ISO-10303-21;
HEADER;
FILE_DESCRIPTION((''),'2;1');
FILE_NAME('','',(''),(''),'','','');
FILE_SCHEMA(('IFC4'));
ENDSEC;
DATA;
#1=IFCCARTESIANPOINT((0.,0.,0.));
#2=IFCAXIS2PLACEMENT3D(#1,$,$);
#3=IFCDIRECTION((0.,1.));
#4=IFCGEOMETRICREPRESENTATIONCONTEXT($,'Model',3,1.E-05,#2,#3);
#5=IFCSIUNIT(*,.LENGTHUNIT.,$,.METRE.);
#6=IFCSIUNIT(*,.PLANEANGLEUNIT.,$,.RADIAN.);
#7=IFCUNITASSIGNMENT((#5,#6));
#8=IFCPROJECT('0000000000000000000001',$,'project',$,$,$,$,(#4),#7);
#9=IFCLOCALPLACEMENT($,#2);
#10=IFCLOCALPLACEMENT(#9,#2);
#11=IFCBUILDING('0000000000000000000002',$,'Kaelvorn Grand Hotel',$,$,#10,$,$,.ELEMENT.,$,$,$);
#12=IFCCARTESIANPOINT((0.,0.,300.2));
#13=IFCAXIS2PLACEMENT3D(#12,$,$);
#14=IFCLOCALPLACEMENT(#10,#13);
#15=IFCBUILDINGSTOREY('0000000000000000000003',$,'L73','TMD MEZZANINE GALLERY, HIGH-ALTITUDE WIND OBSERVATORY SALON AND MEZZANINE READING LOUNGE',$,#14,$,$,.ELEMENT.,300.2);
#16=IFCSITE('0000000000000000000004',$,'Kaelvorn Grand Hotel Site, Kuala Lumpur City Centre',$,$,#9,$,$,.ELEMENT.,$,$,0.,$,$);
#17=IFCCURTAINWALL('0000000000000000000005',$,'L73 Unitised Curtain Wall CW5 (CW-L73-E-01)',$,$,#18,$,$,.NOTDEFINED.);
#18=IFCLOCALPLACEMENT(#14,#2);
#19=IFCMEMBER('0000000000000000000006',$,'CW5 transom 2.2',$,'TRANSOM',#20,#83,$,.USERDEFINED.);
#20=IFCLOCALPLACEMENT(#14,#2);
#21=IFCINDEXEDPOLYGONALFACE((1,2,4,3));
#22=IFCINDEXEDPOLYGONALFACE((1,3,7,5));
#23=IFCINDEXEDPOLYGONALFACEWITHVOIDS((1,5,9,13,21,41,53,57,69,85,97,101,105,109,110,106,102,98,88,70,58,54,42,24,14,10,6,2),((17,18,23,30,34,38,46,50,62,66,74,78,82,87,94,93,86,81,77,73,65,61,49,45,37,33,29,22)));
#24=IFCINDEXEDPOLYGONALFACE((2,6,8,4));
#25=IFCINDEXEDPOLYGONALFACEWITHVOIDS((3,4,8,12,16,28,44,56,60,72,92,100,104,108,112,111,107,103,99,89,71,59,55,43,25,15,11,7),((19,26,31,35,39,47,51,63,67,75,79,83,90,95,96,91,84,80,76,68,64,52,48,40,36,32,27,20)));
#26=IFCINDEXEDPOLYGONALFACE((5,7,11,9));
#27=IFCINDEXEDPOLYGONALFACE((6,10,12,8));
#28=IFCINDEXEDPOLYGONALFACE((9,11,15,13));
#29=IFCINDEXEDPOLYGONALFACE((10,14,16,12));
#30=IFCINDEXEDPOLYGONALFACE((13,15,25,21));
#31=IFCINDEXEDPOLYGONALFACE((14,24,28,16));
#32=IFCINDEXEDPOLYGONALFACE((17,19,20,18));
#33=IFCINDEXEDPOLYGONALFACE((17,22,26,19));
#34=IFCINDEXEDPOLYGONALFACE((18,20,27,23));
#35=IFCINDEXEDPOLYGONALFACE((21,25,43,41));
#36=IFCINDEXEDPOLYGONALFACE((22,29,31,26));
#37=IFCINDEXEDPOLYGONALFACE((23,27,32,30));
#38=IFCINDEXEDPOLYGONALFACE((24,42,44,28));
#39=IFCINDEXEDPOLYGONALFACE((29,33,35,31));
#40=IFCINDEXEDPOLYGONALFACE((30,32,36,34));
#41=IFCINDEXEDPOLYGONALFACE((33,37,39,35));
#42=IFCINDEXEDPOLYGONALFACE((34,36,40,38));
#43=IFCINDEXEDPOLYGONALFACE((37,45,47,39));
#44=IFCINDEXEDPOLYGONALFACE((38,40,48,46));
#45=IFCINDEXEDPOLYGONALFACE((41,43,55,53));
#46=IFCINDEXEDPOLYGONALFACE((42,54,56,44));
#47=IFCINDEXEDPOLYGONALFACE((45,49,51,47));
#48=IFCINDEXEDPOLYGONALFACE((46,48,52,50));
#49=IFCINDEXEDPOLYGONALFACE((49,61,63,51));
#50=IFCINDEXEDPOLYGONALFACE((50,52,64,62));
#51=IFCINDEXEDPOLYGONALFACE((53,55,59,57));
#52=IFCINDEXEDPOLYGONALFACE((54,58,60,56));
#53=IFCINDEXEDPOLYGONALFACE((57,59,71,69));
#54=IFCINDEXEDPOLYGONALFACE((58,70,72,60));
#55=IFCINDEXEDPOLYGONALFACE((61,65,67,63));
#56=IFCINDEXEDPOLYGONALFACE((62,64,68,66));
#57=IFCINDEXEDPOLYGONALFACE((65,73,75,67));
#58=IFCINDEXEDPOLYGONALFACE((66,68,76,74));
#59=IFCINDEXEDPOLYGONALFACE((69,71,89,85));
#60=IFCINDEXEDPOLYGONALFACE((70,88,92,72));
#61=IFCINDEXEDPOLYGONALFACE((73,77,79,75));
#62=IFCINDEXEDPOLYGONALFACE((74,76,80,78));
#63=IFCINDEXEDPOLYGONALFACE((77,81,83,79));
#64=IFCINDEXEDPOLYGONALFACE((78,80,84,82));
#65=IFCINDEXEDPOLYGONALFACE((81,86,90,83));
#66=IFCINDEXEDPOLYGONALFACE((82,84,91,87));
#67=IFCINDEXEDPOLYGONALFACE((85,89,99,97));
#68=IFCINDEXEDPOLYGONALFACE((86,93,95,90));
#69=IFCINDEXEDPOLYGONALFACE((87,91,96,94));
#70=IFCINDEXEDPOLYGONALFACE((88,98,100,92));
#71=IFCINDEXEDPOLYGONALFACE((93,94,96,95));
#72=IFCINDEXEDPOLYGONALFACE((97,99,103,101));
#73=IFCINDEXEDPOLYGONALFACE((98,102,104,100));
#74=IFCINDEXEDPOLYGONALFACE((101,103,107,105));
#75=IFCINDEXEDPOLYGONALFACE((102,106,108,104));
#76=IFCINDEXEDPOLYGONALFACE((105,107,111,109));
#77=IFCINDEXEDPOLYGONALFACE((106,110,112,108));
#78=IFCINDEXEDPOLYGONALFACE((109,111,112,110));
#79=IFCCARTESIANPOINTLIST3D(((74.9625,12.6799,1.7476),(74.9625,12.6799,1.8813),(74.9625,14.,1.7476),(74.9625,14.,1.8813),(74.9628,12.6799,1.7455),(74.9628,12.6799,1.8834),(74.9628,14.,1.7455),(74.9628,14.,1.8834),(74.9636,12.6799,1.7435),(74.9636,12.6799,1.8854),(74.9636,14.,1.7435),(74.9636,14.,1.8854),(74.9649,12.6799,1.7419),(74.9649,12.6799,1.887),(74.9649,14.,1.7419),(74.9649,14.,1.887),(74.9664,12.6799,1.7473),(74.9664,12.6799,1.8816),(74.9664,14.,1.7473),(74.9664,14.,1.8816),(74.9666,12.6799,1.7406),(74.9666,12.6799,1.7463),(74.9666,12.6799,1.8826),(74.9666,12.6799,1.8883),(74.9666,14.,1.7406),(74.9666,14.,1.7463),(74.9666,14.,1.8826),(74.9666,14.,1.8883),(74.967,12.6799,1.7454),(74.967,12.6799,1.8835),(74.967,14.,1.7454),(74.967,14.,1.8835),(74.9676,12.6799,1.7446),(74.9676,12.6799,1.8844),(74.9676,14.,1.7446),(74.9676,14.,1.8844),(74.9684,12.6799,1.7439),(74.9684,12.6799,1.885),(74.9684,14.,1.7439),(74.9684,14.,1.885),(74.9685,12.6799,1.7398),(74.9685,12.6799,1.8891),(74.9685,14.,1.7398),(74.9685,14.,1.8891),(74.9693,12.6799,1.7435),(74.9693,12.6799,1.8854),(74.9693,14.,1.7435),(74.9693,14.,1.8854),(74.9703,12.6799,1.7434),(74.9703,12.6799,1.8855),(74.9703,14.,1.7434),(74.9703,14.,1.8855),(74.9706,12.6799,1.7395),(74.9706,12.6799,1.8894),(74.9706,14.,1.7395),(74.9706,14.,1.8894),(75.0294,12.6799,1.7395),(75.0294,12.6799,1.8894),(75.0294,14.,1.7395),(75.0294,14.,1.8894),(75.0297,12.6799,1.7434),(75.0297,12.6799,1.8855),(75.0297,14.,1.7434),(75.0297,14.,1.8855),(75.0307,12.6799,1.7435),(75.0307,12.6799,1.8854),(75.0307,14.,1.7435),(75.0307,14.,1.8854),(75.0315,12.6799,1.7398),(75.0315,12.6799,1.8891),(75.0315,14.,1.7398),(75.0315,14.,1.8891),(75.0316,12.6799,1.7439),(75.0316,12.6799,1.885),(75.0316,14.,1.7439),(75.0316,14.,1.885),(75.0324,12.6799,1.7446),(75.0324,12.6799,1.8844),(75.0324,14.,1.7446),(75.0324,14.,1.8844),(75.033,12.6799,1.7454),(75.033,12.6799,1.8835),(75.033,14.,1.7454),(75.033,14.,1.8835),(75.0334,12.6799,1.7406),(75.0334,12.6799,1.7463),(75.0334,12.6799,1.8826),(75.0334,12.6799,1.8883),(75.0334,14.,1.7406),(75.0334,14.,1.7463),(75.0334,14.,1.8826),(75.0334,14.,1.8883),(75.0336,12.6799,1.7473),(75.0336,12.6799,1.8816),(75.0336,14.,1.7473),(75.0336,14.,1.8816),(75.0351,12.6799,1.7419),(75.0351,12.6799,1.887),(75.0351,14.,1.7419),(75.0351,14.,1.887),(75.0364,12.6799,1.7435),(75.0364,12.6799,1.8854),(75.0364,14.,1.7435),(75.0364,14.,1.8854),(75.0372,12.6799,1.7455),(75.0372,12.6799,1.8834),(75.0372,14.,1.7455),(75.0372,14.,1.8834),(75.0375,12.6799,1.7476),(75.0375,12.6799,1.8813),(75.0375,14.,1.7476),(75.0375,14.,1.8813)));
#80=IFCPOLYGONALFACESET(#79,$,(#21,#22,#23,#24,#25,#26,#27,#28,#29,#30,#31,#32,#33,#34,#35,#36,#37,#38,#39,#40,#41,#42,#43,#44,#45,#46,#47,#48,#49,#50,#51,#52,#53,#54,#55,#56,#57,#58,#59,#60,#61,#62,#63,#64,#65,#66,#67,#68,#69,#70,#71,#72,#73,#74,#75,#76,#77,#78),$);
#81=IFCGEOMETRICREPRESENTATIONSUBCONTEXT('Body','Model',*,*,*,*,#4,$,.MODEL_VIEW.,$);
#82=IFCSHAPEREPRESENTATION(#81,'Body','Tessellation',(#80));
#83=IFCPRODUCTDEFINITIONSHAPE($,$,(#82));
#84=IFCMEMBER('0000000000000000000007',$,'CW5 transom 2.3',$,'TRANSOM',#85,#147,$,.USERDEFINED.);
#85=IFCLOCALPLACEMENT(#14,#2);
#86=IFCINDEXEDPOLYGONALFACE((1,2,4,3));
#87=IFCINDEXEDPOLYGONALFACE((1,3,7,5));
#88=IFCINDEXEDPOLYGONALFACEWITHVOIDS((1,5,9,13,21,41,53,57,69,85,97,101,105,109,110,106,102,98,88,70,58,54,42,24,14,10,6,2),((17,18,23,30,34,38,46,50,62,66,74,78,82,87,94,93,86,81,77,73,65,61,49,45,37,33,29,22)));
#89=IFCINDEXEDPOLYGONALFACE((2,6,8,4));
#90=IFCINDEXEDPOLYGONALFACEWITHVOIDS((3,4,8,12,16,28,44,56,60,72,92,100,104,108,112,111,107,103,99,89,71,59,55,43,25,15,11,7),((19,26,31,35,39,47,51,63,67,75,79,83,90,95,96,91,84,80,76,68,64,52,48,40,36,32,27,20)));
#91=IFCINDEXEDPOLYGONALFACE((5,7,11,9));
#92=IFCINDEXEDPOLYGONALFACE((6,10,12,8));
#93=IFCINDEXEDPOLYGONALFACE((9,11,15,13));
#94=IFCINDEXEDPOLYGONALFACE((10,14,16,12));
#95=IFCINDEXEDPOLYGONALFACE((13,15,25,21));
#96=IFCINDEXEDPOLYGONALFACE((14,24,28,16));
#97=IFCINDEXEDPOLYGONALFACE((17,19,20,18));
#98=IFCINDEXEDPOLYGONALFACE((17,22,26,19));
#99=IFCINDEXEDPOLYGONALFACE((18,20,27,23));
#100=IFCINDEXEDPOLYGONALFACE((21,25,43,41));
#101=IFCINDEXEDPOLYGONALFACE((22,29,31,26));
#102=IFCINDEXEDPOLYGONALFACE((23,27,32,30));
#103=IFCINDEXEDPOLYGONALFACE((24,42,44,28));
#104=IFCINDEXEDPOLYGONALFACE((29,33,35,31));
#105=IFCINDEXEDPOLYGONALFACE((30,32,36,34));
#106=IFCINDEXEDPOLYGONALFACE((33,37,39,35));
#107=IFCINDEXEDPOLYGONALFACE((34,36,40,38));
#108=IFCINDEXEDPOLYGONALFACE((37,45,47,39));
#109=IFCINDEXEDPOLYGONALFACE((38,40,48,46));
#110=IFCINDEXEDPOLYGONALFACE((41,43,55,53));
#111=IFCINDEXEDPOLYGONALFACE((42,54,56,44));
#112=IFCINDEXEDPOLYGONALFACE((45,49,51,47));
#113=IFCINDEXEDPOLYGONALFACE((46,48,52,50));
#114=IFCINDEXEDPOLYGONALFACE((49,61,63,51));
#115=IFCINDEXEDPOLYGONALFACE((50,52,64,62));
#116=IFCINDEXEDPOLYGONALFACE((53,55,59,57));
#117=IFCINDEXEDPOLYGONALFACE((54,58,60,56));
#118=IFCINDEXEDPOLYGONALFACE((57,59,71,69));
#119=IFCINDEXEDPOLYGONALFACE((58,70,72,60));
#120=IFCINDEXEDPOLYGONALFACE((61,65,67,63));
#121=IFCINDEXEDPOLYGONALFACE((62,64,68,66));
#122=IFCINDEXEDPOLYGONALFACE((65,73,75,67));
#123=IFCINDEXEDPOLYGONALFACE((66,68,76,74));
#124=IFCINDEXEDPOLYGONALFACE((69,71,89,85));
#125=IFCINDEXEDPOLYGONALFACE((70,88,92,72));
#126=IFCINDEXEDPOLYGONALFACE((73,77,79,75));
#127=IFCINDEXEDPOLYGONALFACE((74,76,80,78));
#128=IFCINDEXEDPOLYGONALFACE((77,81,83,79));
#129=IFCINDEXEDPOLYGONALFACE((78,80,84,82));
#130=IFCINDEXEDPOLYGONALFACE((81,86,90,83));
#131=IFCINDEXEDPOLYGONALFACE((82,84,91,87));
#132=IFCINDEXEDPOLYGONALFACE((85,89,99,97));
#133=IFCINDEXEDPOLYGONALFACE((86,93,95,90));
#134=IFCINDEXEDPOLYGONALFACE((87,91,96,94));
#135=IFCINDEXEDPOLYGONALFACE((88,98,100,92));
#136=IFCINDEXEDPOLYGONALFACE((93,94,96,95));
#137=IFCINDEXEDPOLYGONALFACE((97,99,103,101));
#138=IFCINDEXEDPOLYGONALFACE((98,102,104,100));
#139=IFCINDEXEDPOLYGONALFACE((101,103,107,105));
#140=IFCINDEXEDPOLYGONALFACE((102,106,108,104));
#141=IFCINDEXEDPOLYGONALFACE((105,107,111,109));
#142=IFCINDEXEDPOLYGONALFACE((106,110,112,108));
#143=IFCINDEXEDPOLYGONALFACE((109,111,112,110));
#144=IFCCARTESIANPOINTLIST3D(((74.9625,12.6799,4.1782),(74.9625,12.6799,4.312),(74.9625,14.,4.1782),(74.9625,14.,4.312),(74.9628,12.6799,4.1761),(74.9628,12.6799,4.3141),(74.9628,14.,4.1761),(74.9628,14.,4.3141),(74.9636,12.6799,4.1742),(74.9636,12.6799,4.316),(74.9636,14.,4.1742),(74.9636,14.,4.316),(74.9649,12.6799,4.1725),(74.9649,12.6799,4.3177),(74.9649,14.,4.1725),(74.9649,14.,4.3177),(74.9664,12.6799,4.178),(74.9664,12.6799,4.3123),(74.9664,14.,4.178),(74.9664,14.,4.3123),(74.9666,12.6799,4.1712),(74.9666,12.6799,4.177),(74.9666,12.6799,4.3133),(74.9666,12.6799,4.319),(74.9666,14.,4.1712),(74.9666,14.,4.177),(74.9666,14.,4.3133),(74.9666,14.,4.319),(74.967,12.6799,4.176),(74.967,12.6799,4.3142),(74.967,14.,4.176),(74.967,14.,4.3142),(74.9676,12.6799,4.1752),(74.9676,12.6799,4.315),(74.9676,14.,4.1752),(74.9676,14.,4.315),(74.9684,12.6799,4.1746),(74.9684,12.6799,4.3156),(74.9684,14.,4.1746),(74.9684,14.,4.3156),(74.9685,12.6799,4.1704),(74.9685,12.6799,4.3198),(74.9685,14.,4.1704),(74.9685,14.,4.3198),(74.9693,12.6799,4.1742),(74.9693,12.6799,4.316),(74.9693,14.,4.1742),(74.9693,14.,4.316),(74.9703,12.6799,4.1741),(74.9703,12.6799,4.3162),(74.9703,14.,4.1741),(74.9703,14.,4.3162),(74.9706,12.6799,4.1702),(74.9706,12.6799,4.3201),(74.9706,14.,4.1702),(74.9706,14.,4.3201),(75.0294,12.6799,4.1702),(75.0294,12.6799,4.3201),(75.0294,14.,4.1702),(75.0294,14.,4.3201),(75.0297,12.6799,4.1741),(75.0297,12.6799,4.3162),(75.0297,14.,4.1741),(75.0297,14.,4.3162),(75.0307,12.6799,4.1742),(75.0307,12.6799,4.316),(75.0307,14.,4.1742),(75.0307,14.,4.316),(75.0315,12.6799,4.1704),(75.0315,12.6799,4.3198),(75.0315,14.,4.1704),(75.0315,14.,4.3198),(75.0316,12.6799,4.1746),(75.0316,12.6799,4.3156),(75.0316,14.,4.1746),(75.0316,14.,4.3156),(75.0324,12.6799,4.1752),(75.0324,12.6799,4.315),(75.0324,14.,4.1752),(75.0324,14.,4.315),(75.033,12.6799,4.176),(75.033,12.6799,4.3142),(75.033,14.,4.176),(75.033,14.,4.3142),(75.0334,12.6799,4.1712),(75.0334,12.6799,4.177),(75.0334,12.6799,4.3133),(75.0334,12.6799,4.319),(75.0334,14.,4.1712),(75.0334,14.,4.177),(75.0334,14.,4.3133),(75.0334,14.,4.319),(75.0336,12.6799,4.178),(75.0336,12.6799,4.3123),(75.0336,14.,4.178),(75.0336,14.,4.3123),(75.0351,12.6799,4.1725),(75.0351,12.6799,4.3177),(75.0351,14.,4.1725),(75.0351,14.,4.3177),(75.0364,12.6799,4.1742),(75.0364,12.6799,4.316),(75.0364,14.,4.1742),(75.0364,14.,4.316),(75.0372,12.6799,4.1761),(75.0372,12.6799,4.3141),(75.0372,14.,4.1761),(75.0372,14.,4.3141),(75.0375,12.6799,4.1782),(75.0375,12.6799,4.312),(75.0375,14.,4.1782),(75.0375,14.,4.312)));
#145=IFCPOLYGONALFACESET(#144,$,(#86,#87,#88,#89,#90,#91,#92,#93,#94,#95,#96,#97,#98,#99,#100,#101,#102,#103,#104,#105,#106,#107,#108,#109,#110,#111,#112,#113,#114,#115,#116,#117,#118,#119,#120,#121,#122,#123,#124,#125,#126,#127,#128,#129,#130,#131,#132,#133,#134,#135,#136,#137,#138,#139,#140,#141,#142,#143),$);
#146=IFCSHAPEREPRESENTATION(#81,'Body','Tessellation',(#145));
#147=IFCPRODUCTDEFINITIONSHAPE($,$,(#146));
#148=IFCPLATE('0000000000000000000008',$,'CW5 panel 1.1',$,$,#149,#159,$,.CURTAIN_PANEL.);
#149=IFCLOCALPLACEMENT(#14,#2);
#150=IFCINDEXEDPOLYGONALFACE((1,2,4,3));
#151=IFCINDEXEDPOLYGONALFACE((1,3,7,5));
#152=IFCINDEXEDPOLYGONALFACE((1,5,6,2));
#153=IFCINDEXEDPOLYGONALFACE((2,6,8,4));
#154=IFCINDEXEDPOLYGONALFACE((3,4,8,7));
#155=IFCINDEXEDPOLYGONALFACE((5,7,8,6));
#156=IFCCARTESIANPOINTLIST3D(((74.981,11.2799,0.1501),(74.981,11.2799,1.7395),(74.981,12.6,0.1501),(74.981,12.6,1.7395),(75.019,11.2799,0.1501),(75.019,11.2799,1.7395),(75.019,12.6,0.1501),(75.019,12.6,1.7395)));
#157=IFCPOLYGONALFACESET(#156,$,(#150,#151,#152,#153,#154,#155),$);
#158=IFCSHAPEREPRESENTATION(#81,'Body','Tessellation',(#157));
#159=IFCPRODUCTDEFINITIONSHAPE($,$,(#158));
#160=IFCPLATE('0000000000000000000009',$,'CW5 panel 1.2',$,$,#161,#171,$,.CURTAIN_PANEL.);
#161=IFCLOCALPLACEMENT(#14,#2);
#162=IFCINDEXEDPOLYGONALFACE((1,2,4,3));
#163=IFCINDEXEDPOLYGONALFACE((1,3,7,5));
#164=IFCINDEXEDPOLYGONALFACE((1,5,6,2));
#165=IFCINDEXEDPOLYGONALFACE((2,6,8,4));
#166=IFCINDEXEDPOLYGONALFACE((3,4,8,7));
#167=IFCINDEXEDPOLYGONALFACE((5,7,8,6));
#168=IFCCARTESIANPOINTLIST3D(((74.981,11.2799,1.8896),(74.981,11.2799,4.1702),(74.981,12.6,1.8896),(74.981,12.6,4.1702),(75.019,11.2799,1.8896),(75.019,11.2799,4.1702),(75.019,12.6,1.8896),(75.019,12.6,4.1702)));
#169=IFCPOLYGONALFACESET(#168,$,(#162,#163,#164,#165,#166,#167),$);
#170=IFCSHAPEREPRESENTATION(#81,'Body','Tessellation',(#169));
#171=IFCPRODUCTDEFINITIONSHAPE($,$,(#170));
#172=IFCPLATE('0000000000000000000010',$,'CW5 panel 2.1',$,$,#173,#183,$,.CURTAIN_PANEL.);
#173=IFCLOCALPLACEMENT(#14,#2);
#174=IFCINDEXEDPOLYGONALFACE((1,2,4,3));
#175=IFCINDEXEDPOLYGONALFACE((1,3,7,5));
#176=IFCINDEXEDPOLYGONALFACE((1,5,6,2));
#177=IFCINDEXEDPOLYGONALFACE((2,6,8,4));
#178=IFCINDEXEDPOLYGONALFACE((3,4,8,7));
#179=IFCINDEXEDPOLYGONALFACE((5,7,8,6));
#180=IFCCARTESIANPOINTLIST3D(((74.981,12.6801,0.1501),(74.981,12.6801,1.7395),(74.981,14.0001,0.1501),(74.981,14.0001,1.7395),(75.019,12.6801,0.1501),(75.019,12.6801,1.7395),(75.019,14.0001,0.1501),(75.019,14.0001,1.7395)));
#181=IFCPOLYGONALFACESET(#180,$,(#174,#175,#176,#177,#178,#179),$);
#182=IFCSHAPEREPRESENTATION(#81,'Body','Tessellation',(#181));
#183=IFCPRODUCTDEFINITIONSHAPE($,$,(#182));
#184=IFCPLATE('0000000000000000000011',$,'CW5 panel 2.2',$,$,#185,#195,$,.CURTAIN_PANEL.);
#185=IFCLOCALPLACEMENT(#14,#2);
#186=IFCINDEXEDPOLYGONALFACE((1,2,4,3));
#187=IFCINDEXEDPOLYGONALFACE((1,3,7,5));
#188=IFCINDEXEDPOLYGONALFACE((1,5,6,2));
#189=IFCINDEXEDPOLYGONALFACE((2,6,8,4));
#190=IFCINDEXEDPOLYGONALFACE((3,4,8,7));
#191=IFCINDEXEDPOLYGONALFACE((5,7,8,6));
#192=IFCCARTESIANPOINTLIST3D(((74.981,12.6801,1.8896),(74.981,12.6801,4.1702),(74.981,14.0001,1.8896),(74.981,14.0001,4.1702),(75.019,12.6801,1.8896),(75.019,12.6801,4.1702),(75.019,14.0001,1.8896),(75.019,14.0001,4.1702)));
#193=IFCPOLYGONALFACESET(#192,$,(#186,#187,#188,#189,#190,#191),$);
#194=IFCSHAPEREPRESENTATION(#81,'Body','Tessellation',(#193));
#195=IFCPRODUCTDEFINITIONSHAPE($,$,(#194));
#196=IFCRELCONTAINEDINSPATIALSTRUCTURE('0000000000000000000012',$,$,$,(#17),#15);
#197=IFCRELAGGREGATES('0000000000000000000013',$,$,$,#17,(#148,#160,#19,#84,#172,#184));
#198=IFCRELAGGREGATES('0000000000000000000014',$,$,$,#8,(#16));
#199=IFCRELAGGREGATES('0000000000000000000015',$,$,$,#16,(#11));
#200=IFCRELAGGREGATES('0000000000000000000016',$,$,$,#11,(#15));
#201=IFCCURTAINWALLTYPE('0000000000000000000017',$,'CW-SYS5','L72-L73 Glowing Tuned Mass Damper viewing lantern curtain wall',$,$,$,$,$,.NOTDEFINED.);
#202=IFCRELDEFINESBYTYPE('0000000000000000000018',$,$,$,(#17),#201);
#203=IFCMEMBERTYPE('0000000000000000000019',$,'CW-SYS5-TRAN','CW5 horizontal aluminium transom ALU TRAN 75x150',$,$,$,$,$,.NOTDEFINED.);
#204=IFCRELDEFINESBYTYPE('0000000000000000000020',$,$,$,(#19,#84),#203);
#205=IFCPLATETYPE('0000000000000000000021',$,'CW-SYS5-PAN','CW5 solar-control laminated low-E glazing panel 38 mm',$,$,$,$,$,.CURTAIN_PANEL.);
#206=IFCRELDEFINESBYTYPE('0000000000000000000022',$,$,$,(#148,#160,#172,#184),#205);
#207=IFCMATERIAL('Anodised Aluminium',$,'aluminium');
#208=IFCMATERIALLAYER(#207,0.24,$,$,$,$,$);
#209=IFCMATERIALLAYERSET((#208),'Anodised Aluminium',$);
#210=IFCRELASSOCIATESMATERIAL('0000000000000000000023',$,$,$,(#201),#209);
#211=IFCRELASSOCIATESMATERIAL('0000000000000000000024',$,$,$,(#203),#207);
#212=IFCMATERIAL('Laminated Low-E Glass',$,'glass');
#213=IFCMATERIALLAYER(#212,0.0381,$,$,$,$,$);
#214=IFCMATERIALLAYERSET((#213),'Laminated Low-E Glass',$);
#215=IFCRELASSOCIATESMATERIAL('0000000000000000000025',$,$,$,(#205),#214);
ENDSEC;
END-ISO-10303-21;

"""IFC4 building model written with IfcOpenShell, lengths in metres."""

from ifc_helpers import new_model, si_unit, direction, frame, origin, origin_2d, place, context, subcontext, project, spatial, rectangle, hollow_rectangle, extrude, material, layer, layer_set, material_profile, profile_set, type_object, element, aggregate, save


model = new_model("IFC4")

# Units and contexts
model_context = context("Model", 3, precision=1e-05, world=origin(), true_north=direction((0.0, 1.0)))
body_context = subcontext(model_context, "Body", "Model", "MODEL_VIEW")
ifc_project = project(units=[si_unit("LENGTHUNIT", "METRE"), si_unit("PLANEANGLEUNIT", "RADIAN")], contexts=[model_context])

# Site, building, storey
site_placement = place(None, origin())
site = spatial("IfcSite", under=ifc_project, at=site_placement, Name="Kaelvorn Grand Hotel Site, Kuala Lumpur City Centre", CompositionType="ELEMENT", RefElevation=0.0)
building_placement = place(site_placement, origin())
building = spatial("IfcBuilding", under=site, at=building_placement, Name="Kaelvorn Grand Hotel", CompositionType="ELEMENT")
storey_placement = place(building_placement, frame((0.0, 0.0, 300.2)))
storey = spatial("IfcBuildingStorey", under=building, at=storey_placement, Name="L73", Description="TMD MEZZANINE GALLERY, HIGH-ALTITUDE WIND OBSERVATORY SALON AND MEZZANINE READING LOUNGE", CompositionType="ELEMENT", Elevation=300.2)

# Shared definitions
ifc_material_1 = material(Name="Anodised Aluminium", Category="aluminium")
ifc_layer_1 = layer(ifc_material_1, 0.24)
ifc_layer_set_1 = layer_set([ifc_layer_1], Name="Anodised Aluminium")
curtain_wall_type = type_object("IfcCurtainWallType", Name="CW-SYS5", Description="L72-L73 Glowing Tuned Mass Damper viewing lantern curtain wall", PredefinedType="NOTDEFINED", material=ifc_layer_set_1)

# Curtain wall, members, plates
curtain_wall_1_placement = place(storey_placement, origin())
curtain_wall_1 = element("IfcCurtainWall", 1, at=curtain_wall_1_placement, inside=storey, type_object=curtain_wall_type, Name="L73 Unitised Curtain Wall CW5 (CW-L73-E-01)", PredefinedType="NOTDEFINED")
ifc_material_profile_1 = material_profile(ifc_material_1, hollow_rectangle(XDim=0.075, YDim=0.1499, WallThickness=0.0039, InnerFilletRadius=0.0039, OuterFilletRadius=0.0081, at=origin_2d()), Name="ALU TRAN 75x150")
ifc_profile_set_1 = profile_set([ifc_material_profile_1], Name="Anodised Aluminium")
member_type_1 = type_object("IfcMemberType", Name="CW-SYS5-TRAN", Description="CW5 horizontal aluminium transom ALU TRAN 75x150", PredefinedType="NOTDEFINED", material=ifc_profile_set_1)
member_1_placement = place(storey_placement, frame((75.0, 12.6799, 1.8145), z_axis=(0.0, 1.0, 0.0), x_axis=(-1.0, 0.0, 0.0)))
member_1 = element("IfcMember", 2, at=member_1_placement, type_object=member_type_1, Name="CW5 transom 2.2", ObjectType="TRANSOM", PredefinedType="USERDEFINED", context=body_context, shape_type="SweptSolid", body=[
    extrude(hollow_rectangle(XDim=0.075, YDim=0.1499, WallThickness=0.0039, InnerFilletRadius=0.0039, OuterFilletRadius=0.0081, at=origin_2d()), origin(), (0.0, 0.0, 1.0), 1.3201),
])
member_2_placement = place(storey_placement, frame((75.0, 12.6799, 4.2451), z_axis=(0.0, 1.0, 0.0), x_axis=(-1.0, 0.0, 0.0)))
member_2 = element("IfcMember", 3, at=member_2_placement, type_object=member_type_1, Name="CW5 transom 2.3", ObjectType="TRANSOM", PredefinedType="USERDEFINED", context=body_context, shape_type="SweptSolid", body=[
    extrude(hollow_rectangle(XDim=0.075, YDim=0.1499, WallThickness=0.0039, InnerFilletRadius=0.0039, OuterFilletRadius=0.0081, at=origin_2d()), origin(), (0.0, 0.0, 1.0), 1.3201),
])
ifc_material_2 = material(Name="Laminated Low-E Glass", Category="glass")
ifc_layer_2 = layer(ifc_material_2, 0.0381)
ifc_layer_set_2 = layer_set([ifc_layer_2], Name="Laminated Low-E Glass")
plate_type = type_object("IfcPlateType", Name="CW-SYS5-PAN", Description="CW5 solar-control laminated low-E glazing panel 38 mm", PredefinedType="CURTAIN_PANEL", material=ifc_layer_set_2)
plate_1_placement = place(storey_placement, frame((75.0, 11.9399, 0.1501), z_axis=(0.0, 0.0, 1.0), x_axis=(0.0, 1.0, 0.0)))
plate_1 = element("IfcPlate", 4, at=plate_1_placement, type_object=plate_type, Name="CW5 panel 1.1", PredefinedType="CURTAIN_PANEL", context=body_context, shape_type="SweptSolid", body=[
    extrude(rectangle(XDim=1.3201, YDim=0.0381, at=origin_2d()), origin(), (0.0, 0.0, 1.0), 1.5894),
])
plate_2_placement = place(storey_placement, frame((75.0, 11.9399, 1.8896), z_axis=(0.0, 0.0, 1.0), x_axis=(0.0, 1.0, 0.0)))
plate_2 = element("IfcPlate", 5, at=plate_2_placement, type_object=plate_type, Name="CW5 panel 1.2", PredefinedType="CURTAIN_PANEL", context=body_context, shape_type="SweptSolid", body=[
    extrude(rectangle(XDim=1.3201, YDim=0.0381, at=origin_2d()), origin(), (0.0, 0.0, 1.0), 2.2805),
])
plate_3_placement = place(storey_placement, frame((75.0, 13.3401, 0.1501), z_axis=(0.0, 0.0, 1.0), x_axis=(0.0, 1.0, 0.0)))
plate_3 = element("IfcPlate", 6, at=plate_3_placement, type_object=plate_type, Name="CW5 panel 2.1", PredefinedType="CURTAIN_PANEL", context=body_context, shape_type="SweptSolid", body=[
    extrude(rectangle(XDim=1.3201, YDim=0.0381, at=origin_2d()), origin(), (0.0, 0.0, 1.0), 1.5894),
])
plate_4_placement = place(storey_placement, frame((75.0, 13.3401, 1.8896), z_axis=(0.0, 0.0, 1.0), x_axis=(0.0, 1.0, 0.0)))
plate_4 = element("IfcPlate", 7, at=plate_4_placement, type_object=plate_type, Name="CW5 panel 2.2", PredefinedType="CURTAIN_PANEL", context=body_context, shape_type="SweptSolid", body=[
    extrude(rectangle(XDim=1.3201, YDim=0.0381, at=origin_2d()), origin(), (0.0, 0.0, 1.0), 2.2805),
])
aggregate(curtain_wall_1, [plate_1, plate_2, member_1, member_2, plate_3, plate_4])

save(model, "model.ifc")
